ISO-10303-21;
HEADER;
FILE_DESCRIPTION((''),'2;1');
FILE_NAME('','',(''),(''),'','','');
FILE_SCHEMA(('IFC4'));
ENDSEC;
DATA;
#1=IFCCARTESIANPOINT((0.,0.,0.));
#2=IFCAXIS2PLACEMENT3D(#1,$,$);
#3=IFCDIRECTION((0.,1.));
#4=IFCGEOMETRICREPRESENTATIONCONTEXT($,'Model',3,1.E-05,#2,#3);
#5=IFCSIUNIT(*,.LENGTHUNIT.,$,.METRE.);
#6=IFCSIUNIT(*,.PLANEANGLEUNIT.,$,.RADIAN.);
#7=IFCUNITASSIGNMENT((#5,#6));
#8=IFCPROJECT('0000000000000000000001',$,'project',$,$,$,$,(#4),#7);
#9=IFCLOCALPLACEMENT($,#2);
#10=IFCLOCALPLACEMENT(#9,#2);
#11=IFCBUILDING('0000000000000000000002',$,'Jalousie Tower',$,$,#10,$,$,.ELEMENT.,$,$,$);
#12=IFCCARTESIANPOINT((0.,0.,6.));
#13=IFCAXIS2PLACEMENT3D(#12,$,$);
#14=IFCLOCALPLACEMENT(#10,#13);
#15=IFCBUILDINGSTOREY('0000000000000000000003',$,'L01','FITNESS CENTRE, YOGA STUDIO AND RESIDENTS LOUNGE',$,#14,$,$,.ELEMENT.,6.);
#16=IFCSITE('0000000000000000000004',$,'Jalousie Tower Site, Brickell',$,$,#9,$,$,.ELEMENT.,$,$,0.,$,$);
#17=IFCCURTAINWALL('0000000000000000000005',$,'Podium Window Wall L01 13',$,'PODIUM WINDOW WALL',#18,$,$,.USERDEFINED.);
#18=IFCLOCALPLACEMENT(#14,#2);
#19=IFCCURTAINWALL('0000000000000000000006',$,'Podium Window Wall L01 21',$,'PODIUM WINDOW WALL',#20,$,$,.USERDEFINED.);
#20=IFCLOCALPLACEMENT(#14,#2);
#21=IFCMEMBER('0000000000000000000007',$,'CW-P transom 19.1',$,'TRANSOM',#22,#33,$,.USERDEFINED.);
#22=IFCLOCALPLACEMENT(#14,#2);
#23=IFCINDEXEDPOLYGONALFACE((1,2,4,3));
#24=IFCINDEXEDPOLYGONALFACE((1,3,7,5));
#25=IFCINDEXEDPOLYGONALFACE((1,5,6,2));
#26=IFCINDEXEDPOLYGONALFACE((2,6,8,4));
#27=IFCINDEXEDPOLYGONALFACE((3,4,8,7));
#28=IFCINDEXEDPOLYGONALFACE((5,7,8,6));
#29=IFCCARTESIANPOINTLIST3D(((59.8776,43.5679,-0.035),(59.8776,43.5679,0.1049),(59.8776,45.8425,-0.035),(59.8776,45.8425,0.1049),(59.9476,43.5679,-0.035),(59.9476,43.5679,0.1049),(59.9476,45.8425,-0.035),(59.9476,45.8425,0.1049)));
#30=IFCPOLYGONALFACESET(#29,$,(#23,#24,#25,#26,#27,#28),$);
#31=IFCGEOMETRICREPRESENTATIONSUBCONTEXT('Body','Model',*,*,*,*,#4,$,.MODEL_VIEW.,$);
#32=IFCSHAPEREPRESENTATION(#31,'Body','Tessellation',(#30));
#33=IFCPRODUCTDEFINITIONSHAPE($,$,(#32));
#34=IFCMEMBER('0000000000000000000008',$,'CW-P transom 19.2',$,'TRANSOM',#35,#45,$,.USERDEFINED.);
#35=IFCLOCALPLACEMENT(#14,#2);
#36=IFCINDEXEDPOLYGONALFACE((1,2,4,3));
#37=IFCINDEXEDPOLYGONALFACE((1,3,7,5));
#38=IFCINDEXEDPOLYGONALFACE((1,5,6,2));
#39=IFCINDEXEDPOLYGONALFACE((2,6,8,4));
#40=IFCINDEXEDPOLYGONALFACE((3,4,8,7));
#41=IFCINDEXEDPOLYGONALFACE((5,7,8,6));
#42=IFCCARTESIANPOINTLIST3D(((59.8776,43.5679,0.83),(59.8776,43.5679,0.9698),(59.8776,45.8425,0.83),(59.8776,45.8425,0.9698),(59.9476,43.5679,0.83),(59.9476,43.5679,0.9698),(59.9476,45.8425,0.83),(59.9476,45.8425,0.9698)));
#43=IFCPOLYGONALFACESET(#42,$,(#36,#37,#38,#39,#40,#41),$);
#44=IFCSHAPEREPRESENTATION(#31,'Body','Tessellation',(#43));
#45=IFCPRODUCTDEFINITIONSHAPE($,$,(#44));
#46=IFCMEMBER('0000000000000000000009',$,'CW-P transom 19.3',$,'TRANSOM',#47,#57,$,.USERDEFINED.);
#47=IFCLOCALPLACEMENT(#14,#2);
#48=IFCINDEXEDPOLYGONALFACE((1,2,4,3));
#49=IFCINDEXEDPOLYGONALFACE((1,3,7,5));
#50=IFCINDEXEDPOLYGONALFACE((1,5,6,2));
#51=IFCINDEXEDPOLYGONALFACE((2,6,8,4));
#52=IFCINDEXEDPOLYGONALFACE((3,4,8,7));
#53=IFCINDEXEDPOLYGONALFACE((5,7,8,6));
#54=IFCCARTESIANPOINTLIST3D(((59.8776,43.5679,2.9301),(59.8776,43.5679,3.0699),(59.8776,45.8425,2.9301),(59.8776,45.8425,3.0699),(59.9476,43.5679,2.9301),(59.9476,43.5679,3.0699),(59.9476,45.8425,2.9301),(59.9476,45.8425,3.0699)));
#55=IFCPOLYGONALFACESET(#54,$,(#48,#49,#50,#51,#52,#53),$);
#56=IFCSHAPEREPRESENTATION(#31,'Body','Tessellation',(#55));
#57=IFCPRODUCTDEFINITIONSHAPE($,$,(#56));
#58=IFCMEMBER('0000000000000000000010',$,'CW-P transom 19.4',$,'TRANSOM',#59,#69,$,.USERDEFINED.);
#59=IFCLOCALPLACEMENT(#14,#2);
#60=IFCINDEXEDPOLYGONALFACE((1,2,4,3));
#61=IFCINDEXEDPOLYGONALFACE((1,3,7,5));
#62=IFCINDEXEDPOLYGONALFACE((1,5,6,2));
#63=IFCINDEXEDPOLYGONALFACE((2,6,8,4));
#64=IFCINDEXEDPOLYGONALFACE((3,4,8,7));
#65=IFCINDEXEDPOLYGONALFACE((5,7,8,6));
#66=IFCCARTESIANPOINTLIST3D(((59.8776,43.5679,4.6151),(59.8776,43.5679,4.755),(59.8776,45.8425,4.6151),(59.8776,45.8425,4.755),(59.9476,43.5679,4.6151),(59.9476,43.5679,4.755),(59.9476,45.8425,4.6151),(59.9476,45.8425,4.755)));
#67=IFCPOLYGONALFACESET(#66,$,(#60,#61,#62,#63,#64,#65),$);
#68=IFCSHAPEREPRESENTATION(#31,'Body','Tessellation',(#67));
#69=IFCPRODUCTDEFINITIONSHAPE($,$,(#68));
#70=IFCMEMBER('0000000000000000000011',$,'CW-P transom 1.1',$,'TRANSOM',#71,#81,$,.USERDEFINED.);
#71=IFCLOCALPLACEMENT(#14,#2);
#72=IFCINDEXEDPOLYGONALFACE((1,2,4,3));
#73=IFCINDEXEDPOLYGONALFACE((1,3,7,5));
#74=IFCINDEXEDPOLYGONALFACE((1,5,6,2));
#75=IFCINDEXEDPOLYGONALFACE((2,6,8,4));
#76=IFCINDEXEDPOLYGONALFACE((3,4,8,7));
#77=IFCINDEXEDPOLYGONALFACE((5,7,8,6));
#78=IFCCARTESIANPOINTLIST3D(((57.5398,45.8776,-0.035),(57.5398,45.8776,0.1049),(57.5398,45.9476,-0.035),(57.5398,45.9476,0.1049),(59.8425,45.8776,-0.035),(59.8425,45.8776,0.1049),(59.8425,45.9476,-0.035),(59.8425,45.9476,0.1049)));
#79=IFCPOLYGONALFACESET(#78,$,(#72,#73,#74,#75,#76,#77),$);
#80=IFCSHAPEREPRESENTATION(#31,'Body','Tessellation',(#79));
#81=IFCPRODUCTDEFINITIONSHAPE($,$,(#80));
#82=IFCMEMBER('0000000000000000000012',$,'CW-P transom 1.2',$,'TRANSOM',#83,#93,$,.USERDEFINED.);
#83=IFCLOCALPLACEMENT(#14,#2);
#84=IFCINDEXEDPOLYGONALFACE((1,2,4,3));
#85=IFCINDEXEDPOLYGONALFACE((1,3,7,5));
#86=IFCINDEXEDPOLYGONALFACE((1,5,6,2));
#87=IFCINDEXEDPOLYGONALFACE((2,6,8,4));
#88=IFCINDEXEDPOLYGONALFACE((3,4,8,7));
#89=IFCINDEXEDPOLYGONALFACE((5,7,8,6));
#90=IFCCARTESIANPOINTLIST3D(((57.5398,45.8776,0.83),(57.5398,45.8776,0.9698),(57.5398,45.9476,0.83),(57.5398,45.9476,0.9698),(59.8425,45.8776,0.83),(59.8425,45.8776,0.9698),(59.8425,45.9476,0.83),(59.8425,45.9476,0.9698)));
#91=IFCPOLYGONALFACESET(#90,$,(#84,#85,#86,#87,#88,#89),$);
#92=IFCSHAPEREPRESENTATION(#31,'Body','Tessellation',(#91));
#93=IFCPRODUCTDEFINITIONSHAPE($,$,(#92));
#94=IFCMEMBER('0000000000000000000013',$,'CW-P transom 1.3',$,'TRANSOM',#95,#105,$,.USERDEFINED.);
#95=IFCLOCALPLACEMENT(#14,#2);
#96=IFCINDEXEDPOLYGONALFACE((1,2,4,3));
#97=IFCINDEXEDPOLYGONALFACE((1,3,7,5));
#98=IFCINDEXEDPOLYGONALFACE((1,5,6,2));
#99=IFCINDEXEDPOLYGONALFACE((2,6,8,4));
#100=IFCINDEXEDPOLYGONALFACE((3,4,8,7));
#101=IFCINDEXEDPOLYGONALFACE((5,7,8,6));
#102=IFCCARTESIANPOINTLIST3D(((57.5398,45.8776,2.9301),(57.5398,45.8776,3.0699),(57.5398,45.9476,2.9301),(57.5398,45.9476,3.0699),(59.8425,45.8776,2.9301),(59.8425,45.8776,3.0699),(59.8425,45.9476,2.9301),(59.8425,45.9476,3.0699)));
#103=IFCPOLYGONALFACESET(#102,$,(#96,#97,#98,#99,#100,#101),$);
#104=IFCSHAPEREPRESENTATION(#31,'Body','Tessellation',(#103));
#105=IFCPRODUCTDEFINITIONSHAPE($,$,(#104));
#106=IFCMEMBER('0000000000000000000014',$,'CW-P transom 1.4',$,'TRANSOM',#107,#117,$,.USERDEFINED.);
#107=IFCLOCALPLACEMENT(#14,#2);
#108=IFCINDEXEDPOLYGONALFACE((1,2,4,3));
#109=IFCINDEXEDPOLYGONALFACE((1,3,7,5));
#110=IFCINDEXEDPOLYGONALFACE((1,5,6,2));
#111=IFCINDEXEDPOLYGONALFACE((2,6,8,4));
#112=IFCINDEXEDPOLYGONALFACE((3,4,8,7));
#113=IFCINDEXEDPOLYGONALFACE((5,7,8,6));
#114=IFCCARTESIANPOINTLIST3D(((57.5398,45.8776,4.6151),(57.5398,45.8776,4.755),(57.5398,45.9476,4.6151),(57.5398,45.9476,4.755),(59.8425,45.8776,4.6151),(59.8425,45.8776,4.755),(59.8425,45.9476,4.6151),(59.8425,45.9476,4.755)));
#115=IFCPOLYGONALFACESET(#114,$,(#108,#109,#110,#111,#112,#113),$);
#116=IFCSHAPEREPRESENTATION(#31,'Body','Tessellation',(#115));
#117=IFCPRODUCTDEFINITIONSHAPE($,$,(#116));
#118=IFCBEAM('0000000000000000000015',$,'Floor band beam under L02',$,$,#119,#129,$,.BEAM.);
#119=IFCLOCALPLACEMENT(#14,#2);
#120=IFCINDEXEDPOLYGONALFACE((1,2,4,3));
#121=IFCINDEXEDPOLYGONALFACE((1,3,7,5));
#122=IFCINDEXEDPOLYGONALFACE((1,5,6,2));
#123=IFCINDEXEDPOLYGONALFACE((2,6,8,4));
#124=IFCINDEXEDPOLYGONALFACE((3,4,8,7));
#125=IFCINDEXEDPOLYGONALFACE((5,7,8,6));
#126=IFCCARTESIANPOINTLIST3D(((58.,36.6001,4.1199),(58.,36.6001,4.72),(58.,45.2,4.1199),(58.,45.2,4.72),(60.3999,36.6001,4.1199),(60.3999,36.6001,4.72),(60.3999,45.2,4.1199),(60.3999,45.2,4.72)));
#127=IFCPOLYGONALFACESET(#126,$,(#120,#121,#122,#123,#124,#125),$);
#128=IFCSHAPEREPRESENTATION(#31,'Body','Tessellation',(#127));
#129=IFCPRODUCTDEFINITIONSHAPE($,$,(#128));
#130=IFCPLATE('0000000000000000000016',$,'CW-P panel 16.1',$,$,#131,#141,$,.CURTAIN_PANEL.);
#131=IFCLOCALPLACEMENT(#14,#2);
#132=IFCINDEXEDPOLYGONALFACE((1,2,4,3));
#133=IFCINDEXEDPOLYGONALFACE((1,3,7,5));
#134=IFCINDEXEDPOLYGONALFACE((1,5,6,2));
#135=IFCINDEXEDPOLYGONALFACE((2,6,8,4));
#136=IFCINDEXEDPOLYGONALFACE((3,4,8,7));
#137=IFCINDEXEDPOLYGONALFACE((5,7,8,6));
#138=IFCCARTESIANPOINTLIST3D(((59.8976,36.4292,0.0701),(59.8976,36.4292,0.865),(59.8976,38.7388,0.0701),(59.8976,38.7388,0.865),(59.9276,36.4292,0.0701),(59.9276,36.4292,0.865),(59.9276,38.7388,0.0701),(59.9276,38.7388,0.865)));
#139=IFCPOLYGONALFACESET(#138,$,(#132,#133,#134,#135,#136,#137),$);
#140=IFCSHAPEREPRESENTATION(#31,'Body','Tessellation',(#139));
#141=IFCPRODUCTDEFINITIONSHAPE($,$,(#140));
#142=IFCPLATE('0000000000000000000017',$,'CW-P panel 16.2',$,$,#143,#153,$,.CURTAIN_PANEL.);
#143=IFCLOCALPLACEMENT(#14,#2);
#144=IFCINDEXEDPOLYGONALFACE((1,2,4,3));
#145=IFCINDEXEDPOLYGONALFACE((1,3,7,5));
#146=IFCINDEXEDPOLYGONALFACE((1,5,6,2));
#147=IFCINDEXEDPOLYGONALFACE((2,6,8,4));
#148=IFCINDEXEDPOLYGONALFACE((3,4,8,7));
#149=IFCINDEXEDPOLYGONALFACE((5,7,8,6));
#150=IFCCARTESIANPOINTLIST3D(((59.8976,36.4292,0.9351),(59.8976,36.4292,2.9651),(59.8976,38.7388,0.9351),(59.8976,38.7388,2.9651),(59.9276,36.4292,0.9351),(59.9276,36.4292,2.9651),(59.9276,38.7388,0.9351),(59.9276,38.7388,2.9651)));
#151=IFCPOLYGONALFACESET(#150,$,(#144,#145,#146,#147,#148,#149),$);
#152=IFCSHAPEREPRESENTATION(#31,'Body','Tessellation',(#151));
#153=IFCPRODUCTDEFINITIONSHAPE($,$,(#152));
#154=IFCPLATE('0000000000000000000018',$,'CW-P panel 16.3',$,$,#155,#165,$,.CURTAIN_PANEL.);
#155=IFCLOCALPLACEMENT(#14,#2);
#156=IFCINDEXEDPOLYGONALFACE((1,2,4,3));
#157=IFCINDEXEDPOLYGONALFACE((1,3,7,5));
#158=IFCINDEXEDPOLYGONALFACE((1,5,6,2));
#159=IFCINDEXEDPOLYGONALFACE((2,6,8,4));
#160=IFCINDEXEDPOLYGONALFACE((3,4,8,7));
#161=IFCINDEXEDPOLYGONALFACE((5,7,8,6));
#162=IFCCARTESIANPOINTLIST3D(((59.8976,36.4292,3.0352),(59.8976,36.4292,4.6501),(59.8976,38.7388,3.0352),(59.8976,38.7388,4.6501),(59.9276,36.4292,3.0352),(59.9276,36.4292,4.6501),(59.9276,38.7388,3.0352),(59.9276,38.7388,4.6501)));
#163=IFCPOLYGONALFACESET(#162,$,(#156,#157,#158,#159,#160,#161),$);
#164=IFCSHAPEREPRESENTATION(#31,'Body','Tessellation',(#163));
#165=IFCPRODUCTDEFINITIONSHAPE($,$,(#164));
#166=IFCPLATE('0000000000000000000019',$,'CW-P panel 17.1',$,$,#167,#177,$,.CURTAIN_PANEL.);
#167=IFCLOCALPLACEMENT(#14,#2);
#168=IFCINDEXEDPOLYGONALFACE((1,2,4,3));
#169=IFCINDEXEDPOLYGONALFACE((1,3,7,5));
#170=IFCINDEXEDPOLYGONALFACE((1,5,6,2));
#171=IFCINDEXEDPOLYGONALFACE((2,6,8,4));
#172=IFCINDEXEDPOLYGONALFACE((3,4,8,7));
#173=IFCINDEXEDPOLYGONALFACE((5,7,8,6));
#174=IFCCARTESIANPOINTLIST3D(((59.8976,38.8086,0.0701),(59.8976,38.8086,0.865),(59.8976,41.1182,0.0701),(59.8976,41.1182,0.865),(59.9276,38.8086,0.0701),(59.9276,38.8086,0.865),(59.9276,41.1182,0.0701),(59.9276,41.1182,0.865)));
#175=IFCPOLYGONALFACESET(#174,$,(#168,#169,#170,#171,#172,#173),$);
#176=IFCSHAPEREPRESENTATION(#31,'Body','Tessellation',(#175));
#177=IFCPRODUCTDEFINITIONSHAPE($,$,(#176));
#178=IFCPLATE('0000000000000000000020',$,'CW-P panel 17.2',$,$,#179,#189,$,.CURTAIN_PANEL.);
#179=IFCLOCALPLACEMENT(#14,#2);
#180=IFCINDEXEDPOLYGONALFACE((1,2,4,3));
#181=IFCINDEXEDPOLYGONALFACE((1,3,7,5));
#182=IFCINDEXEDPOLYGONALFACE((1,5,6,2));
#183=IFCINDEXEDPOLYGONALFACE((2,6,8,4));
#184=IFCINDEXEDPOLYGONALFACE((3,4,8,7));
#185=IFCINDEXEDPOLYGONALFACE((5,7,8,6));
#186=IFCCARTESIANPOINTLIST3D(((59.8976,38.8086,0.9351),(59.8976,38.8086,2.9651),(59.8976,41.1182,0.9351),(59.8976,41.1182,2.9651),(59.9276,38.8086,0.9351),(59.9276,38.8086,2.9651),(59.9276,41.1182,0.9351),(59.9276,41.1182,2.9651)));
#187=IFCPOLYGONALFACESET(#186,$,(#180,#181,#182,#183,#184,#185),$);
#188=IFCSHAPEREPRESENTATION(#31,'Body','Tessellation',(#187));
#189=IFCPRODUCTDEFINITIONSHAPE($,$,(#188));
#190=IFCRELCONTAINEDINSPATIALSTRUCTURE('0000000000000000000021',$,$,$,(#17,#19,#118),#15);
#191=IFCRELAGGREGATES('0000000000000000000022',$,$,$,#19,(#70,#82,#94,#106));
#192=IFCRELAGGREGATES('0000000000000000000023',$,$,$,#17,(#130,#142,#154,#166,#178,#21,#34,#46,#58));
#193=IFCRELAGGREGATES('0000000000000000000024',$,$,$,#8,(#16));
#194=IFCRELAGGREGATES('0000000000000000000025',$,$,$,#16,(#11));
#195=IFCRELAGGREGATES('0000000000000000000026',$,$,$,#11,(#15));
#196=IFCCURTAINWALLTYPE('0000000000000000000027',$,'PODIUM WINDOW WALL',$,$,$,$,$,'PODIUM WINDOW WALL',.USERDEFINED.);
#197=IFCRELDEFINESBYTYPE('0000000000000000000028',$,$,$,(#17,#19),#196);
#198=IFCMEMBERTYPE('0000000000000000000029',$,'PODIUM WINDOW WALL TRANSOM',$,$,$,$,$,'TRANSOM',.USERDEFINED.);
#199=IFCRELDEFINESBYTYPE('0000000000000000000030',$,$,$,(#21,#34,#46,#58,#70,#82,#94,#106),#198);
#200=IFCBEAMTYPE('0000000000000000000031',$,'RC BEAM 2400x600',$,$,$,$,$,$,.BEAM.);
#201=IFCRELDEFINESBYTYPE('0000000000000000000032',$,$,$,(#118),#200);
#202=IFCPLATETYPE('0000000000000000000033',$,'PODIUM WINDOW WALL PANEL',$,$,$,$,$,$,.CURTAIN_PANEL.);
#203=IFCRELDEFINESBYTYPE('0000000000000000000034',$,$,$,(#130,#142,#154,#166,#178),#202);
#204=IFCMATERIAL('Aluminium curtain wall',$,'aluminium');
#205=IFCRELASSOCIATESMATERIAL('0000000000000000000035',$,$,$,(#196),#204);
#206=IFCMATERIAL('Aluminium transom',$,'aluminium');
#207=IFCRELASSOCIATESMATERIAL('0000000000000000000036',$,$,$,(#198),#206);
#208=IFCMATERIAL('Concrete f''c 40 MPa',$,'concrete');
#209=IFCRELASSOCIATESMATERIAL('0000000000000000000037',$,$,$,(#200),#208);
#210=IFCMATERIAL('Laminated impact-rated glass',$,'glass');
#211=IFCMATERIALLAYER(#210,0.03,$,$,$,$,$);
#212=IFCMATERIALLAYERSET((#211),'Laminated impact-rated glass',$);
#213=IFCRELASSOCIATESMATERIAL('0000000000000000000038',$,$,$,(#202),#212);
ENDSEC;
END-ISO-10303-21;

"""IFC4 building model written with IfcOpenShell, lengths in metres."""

from ifc_helpers import new_model, si_unit, direction, frame, origin, origin_2d, place, context, subcontext, project, spatial, rectangle, extrude, material, layer, layer_set, material_profile, profile_set, type_object, element, aggregate, save


model = new_model("IFC4")

# Units and contexts
model_context = context("Model", 3, precision=1e-05, world=origin(), true_north=direction((0.0, 1.0)))
body_context = subcontext(model_context, "Body", "Model", "MODEL_VIEW")
ifc_project = project(units=[si_unit("LENGTHUNIT", "METRE"), si_unit("PLANEANGLEUNIT", "RADIAN")], contexts=[model_context])

# Site, building, storey
site_placement = place(None, origin())
site = spatial("IfcSite", under=ifc_project, at=site_placement, Name="Jalousie Tower Site, Brickell", CompositionType="ELEMENT", RefElevation=0.0)
building_placement = place(site_placement, origin())
building = spatial("IfcBuilding", under=site, at=building_placement, Name="Jalousie Tower", CompositionType="ELEMENT")
storey_placement = place(building_placement, frame((0.0, 0.0, 6.0)))
storey = spatial("IfcBuildingStorey", under=building, at=storey_placement, Name="L01", Description="FITNESS CENTRE, YOGA STUDIO AND RESIDENTS LOUNGE", CompositionType="ELEMENT", Elevation=6.0)

# Curtain wall
ifc_material_1 = material(Name="Aluminium curtain wall", Category="aluminium")
curtain_wall_type = type_object("IfcCurtainWallType", Name="PODIUM WINDOW WALL", ElementType="PODIUM WINDOW WALL", PredefinedType="USERDEFINED", material=ifc_material_1)
curtain_wall_1_placement = place(storey_placement, origin())
curtain_wall_1 = element("IfcCurtainWall", 1, at=curtain_wall_1_placement, inside=storey, type_object=curtain_wall_type, Name="Podium Window Wall L01 13", ObjectType="PODIUM WINDOW WALL", PredefinedType="USERDEFINED")

# Curtain wall
curtain_wall_2_placement = place(storey_placement, origin())
curtain_wall_2 = element("IfcCurtainWall", 2, at=curtain_wall_2_placement, inside=storey, type_object=curtain_wall_type, Name="Podium Window Wall L01 21", ObjectType="PODIUM WINDOW WALL", PredefinedType="USERDEFINED")

# Members
ifc_material_2 = material(Name="Aluminium transom", Category="aluminium")
ifc_material_profile_1 = material_profile(ifc_material_2, rectangle(XDim=0.0701, YDim=0.1399, at=origin_2d()), Name="TRANSOM 70x140")
ifc_profile_set_1 = profile_set([ifc_material_profile_1], Name="Aluminium transom")
member_type_1 = type_object("IfcMemberType", Name="PODIUM WINDOW WALL TRANSOM", ElementType="TRANSOM", PredefinedType="USERDEFINED", material=ifc_profile_set_1)
member_1_placement = place(storey_placement, frame((59.9126, 43.5679, 0.0349), z_axis=(0.0, 1.0, 0.0), x_axis=(-1.0, 0.0, 0.0)))
member_1 = element("IfcMember", 3, at=member_1_placement, type_object=member_type_1, Name="CW-P transom 19.1", ObjectType="TRANSOM", PredefinedType="USERDEFINED", context=body_context, shape_type="SweptSolid", body=[
    extrude(rectangle(XDim=0.0701, YDim=0.1399, at=origin_2d()), origin(), (0.0, 0.0, 1.0), 2.2747),
])
member_2_placement = place(storey_placement, frame((59.9126, 43.5679, 0.8999), z_axis=(0.0, 1.0, 0.0), x_axis=(-1.0, 0.0, 0.0)))
member_2 = element("IfcMember", 4, at=member_2_placement, type_object=member_type_1, Name="CW-P transom 19.2", ObjectType="TRANSOM", PredefinedType="USERDEFINED", context=body_context, shape_type="SweptSolid", body=[
    extrude(rectangle(XDim=0.0701, YDim=0.1399, at=origin_2d()), origin(), (0.0, 0.0, 1.0), 2.2747),
])
member_3_placement = place(storey_placement, frame((59.9126, 43.5679, 3.0), z_axis=(0.0, 1.0, 0.0), x_axis=(-1.0, 0.0, 0.0)))
member_3 = element("IfcMember", 5, at=member_3_placement, type_object=member_type_1, Name="CW-P transom 19.3", ObjectType="TRANSOM", PredefinedType="USERDEFINED", context=body_context, shape_type="SweptSolid", body=[
    extrude(rectangle(XDim=0.0701, YDim=0.1399, at=origin_2d()), origin(), (0.0, 0.0, 1.0), 2.2747),
])
member_4_placement = place(storey_placement, frame((59.9126, 43.5679, 4.6851), z_axis=(0.0, 1.0, 0.0), x_axis=(-1.0, 0.0, 0.0)))
member_4 = element("IfcMember", 6, at=member_4_placement, type_object=member_type_1, Name="CW-P transom 19.4", ObjectType="TRANSOM", PredefinedType="USERDEFINED", context=body_context, shape_type="SweptSolid", body=[
    extrude(rectangle(XDim=0.0701, YDim=0.1399, at=origin_2d()), origin(), (0.0, 0.0, 1.0), 2.2747),
])
member_5_placement = place(storey_placement, frame((59.8425, 45.9126, 0.0349), z_axis=(-1.0, 0.0, 0.0), x_axis=(0.0, -1.0, 0.0)))
member_5 = element("IfcMember", 7, at=member_5_placement, type_object=member_type_1, Name="CW-P transom 1.1", ObjectType="TRANSOM", PredefinedType="USERDEFINED", context=body_context, shape_type="SweptSolid", body=[
    extrude(rectangle(XDim=0.0701, YDim=0.1399, at=origin_2d()), origin(), (0.0, 0.0, 1.0), 2.3027),
])
member_6_placement = place(storey_placement, frame((59.8425, 45.9126, 0.8999), z_axis=(-1.0, 0.0, 0.0), x_axis=(0.0, -1.0, 0.0)))
member_6 = element("IfcMember", 8, at=member_6_placement, type_object=member_type_1, Name="CW-P transom 1.2", ObjectType="TRANSOM", PredefinedType="USERDEFINED", context=body_context, shape_type="SweptSolid", body=[
    extrude(rectangle(XDim=0.0701, YDim=0.1399, at=origin_2d()), origin(), (0.0, 0.0, 1.0), 2.3027),
])
member_7_placement = place(storey_placement, frame((59.8425, 45.9126, 3.0), z_axis=(-1.0, 0.0, 0.0), x_axis=(0.0, -1.0, 0.0)))
member_7 = element("IfcMember", 9, at=member_7_placement, type_object=member_type_1, Name="CW-P transom 1.3", ObjectType="TRANSOM", PredefinedType="USERDEFINED", context=body_context, shape_type="SweptSolid", body=[
    extrude(rectangle(XDim=0.0701, YDim=0.1399, at=origin_2d()), origin(), (0.0, 0.0, 1.0), 2.3027),
])
member_8_placement = place(storey_placement, frame((59.8425, 45.9126, 4.6851), z_axis=(-1.0, 0.0, 0.0), x_axis=(0.0, -1.0, 0.0)))
member_8 = element("IfcMember", 10, at=member_8_placement, type_object=member_type_1, Name="CW-P transom 1.4", ObjectType="TRANSOM", PredefinedType="USERDEFINED", context=body_context, shape_type="SweptSolid", body=[
    extrude(rectangle(XDim=0.0701, YDim=0.1399, at=origin_2d()), origin(), (0.0, 0.0, 1.0), 2.3027),
])
aggregate(curtain_wall_2, [member_5, member_6, member_7, member_8])

# Beam
ifc_material_3 = material(Name="Concrete f'c 40 MPa", Category="concrete")
ifc_material_profile_2 = material_profile(ifc_material_3, rectangle(XDim=2.3999, YDim=0.6001, at=origin_2d()), Name="RC 2400x600")
ifc_profile_set_2 = profile_set([ifc_material_profile_2], Name="Concrete f'c 40 MPa")
beam_type = type_object("IfcBeamType", Name="RC BEAM 2400x600", PredefinedType="BEAM", material=ifc_profile_set_2)
beam_placement = place(storey_placement, frame((59.2, 36.6001, 4.4199), z_axis=(0.0, 1.0, 0.0), x_axis=(-1.0, 0.0, 0.0)))
element("IfcBeam", 11, at=beam_placement, inside=storey, type_object=beam_type, Name="Floor band beam under L02", PredefinedType="BEAM", context=body_context, shape_type="SweptSolid", body=[
    extrude(rectangle(XDim=2.3999, YDim=0.6001, at=origin_2d()), origin(), (0.0, 0.0, 1.0), 8.5999),
])

# Plates
ifc_material_4 = material(Name="Laminated impact-rated glass", Category="glass")
ifc_layer = layer(ifc_material_4, 0.03)
ifc_layer_set = layer_set([ifc_layer], Name="Laminated impact-rated glass")
plate_type = type_object("IfcPlateType", Name="PODIUM WINDOW WALL PANEL", PredefinedType="CURTAIN_PANEL", material=ifc_layer_set)
plate_1_placement = place(storey_placement, frame((59.9126, 37.584, 0.0701), z_axis=(0.0, 0.0, 1.0), x_axis=(0.0, 1.0, 0.0)))
plate_1 = element("IfcPlate", 12, at=plate_1_placement, type_object=plate_type, Name="CW-P panel 16.1", PredefinedType="CURTAIN_PANEL", context=body_context, shape_type="SweptSolid", body=[
    extrude(rectangle(XDim=2.3096, YDim=0.03, at=origin_2d()), origin(), (0.0, 0.0, 1.0), 0.7949),
])
plate_2_placement = place(storey_placement, frame((59.9126, 37.584, 0.9351), z_axis=(0.0, 0.0, 1.0), x_axis=(0.0, 1.0, 0.0)))
plate_2 = element("IfcPlate", 13, at=plate_2_placement, type_object=plate_type, Name="CW-P panel 16.2", PredefinedType="CURTAIN_PANEL", context=body_context, shape_type="SweptSolid", body=[
    extrude(rectangle(XDim=2.3096, YDim=0.03, at=origin_2d()), origin(), (0.0, 0.0, 1.0), 2.03),
])
plate_3_placement = place(storey_placement, frame((59.9126, 37.584, 3.0352), z_axis=(0.0, 0.0, 1.0), x_axis=(0.0, 1.0, 0.0)))
plate_3 = element("IfcPlate", 14, at=plate_3_placement, type_object=plate_type, Name="CW-P panel 16.3", PredefinedType="CURTAIN_PANEL", context=body_context, shape_type="SweptSolid", body=[
    extrude(rectangle(XDim=2.3096, YDim=0.03, at=origin_2d()), origin(), (0.0, 0.0, 1.0), 1.615),
])
plate_4_placement = place(storey_placement, frame((59.9126, 39.9634, 0.0701), z_axis=(0.0, 0.0, 1.0), x_axis=(0.0, 1.0, 0.0)))
plate_4 = element("IfcPlate", 15, at=plate_4_placement, type_object=plate_type, Name="CW-P panel 17.1", PredefinedType="CURTAIN_PANEL", context=body_context, shape_type="SweptSolid", body=[
    extrude(rectangle(XDim=2.3096, YDim=0.03, at=origin_2d()), origin(), (0.0, 0.0, 1.0), 0.7949),
])
plate_5_placement = place(storey_placement, frame((59.9126, 39.9634, 0.9351), z_axis=(0.0, 0.0, 1.0), x_axis=(0.0, 1.0, 0.0)))
plate_5 = element("IfcPlate", 16, at=plate_5_placement, type_object=plate_type, Name="CW-P panel 17.2", PredefinedType="CURTAIN_PANEL", context=body_context, shape_type="SweptSolid", body=[
    extrude(rectangle(XDim=2.3096, YDim=0.03, at=origin_2d()), origin(), (0.0, 0.0, 1.0), 2.03),
])
aggregate(curtain_wall_1, [plate_1, plate_2, plate_3, plate_4, plate_5, member_1, member_2, member_3, member_4])

save(model, "model.ifc")
